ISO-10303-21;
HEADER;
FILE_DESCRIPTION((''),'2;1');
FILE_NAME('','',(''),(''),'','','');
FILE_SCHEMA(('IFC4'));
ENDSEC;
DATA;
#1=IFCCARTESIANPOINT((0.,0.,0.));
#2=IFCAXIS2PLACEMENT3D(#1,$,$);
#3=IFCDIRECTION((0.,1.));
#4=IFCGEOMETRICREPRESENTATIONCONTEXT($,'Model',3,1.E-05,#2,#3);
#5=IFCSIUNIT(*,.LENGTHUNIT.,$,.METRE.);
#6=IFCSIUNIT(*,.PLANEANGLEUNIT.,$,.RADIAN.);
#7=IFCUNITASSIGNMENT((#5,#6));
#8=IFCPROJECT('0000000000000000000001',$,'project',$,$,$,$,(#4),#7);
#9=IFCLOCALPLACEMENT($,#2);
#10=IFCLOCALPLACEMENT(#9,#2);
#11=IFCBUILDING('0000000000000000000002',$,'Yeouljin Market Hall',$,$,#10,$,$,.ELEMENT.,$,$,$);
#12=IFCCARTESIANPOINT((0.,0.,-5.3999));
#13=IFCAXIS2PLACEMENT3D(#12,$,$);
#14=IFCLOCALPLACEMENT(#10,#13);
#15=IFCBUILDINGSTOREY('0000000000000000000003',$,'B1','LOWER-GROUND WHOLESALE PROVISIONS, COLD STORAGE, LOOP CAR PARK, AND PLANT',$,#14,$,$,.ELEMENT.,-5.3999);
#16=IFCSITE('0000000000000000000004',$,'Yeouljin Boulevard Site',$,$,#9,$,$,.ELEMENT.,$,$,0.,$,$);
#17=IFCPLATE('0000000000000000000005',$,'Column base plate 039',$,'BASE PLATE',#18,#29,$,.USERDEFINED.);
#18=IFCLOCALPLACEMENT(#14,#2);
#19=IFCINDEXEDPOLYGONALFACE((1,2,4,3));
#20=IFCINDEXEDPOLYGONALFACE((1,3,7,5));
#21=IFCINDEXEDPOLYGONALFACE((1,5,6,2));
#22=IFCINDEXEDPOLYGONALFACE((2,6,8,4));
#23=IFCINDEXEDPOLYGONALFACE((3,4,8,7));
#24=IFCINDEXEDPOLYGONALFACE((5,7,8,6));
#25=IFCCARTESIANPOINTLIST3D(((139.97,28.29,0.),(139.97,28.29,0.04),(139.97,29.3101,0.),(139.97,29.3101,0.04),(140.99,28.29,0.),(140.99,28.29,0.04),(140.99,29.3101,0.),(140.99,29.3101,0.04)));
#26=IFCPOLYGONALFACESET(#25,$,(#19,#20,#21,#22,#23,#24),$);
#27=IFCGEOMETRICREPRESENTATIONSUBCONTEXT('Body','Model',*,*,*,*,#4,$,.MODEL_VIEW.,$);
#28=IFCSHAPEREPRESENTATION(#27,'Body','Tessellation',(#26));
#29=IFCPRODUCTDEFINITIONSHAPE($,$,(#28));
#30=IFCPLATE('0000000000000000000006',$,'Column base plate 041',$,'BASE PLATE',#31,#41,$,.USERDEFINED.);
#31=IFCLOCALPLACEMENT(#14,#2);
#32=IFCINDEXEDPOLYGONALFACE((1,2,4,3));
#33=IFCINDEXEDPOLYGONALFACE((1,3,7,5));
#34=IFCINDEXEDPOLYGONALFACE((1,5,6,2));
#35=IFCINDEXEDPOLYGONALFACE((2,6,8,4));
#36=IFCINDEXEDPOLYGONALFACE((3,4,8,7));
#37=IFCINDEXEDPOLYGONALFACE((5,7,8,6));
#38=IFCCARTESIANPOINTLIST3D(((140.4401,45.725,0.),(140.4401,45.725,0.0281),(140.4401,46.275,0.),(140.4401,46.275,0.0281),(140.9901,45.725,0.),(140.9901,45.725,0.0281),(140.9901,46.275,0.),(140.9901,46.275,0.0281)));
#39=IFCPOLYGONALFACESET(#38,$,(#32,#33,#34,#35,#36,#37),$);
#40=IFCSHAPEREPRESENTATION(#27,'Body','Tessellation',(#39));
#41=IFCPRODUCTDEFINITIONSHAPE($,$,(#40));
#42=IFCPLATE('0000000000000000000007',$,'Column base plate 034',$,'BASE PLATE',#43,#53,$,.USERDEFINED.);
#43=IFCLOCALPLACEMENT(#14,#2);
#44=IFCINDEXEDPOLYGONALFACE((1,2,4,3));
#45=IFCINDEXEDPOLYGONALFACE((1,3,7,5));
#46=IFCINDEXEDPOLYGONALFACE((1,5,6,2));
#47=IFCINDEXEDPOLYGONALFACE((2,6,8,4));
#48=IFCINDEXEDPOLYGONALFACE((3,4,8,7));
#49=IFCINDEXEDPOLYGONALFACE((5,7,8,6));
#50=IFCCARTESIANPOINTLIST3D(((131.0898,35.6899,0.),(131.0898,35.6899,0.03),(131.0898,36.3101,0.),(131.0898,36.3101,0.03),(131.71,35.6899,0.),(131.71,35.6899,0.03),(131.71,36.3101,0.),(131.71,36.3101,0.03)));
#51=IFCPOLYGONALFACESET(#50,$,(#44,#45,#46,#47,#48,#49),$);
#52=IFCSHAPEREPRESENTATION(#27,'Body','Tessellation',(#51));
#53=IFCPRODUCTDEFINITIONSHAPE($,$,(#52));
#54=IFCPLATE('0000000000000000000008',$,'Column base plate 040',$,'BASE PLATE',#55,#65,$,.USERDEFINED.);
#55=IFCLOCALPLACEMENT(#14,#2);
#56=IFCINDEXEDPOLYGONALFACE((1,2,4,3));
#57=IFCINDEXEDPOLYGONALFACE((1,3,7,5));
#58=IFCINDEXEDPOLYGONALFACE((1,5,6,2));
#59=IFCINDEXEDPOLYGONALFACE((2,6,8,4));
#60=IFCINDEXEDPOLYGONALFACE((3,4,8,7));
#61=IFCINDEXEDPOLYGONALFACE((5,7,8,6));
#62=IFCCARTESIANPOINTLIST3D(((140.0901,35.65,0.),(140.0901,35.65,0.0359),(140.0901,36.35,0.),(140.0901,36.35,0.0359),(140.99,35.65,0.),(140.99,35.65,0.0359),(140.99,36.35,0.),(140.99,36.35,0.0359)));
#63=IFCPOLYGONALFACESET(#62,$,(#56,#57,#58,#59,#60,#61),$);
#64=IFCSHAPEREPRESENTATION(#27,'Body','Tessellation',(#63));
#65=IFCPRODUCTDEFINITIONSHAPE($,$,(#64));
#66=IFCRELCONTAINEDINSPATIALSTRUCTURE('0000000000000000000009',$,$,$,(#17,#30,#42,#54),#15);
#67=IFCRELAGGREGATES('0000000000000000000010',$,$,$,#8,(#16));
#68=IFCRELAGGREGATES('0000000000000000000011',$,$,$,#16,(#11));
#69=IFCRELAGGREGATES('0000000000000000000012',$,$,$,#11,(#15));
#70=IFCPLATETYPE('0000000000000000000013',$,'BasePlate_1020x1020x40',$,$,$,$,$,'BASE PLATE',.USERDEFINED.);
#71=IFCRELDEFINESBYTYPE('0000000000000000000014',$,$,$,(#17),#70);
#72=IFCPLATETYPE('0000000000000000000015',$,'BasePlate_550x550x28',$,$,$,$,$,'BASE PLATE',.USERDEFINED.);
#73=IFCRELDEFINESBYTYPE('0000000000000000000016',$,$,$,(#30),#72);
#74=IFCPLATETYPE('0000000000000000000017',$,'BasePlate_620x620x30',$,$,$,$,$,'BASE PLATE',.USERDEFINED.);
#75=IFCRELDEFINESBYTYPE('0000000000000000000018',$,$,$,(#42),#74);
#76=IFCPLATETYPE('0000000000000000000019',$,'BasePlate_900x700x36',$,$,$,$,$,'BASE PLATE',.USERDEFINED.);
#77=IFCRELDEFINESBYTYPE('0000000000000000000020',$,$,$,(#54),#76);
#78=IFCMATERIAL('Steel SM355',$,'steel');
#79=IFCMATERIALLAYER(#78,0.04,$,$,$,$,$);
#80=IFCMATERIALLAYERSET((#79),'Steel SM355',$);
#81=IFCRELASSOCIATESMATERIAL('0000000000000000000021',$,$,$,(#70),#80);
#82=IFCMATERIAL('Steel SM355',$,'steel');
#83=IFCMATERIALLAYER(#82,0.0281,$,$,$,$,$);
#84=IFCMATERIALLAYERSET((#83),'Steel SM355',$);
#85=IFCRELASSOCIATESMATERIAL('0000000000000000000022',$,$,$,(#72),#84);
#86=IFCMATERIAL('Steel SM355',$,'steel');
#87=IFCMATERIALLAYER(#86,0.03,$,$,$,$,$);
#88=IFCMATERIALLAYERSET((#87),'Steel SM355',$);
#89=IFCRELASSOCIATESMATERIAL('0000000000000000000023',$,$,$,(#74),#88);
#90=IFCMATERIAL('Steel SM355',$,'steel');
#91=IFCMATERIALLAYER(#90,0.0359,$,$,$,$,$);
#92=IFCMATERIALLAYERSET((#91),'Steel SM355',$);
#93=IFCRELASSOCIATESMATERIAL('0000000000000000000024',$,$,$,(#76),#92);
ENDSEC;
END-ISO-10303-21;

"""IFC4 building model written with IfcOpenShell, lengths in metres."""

from ifc_helpers import new_model, si_unit, direction, frame, origin, origin_2d, place, context, subcontext, project, spatial, rectangle, extrude, material, layer, layer_set, type_object, element, save


model = new_model("IFC4")

# Units and contexts
model_context = context("Model", 3, precision=1e-05, world=origin(), true_north=direction((0.0, 1.0)))
body_context = subcontext(model_context, "Body", "Model", "MODEL_VIEW")
ifc_project = project(units=[si_unit("LENGTHUNIT", "METRE"), si_unit("PLANEANGLEUNIT", "RADIAN")], contexts=[model_context])

# Site, building, storey
site_placement = place(None, origin())
site = spatial("IfcSite", under=ifc_project, at=site_placement, Name="Yeouljin Boulevard Site", CompositionType="ELEMENT", RefElevation=0.0)
building_placement = place(site_placement, origin())
building = spatial("IfcBuilding", under=site, at=building_placement, Name="Yeouljin Market Hall", CompositionType="ELEMENT")
storey_placement = place(building_placement, frame((0.0, 0.0, -5.3999)))
storey = spatial("IfcBuildingStorey", under=building, at=storey_placement, Name="B1", Description="LOWER-GROUND WHOLESALE PROVISIONS, COLD STORAGE, LOOP CAR PARK, AND PLANT", CompositionType="ELEMENT", Elevation=-5.3999)

# Plates
ifc_material_1 = material(Name="Steel SM355", Category="steel")
ifc_layer_1 = layer(ifc_material_1, 0.04)
ifc_layer_set_1 = layer_set([ifc_layer_1], Name="Steel SM355")
plate_type_1 = type_object("IfcPlateType", Name="BasePlate_1020x1020x40", ElementType="BASE PLATE", PredefinedType="USERDEFINED", material=ifc_layer_set_1)
plate_1_placement = place(storey_placement, frame((140.48, 28.8, 0.0), z_axis=(0.0, 0.0, 1.0), x_axis=(1.0, 0.0, 0.0)))
element("IfcPlate", 1, at=plate_1_placement, inside=storey, type_object=plate_type_1, Name="Column base plate 039", ObjectType="BASE PLATE", PredefinedType="USERDEFINED", context=body_context, shape_type="SweptSolid", body=[
    extrude(rectangle(XDim=1.02, YDim=1.02, at=origin_2d()), origin(), (0.0, 0.0, 1.0), 0.04),
])
ifc_material_2 = material(Name="Steel SM355", Category="steel")
ifc_layer_2 = layer(ifc_material_2, 0.0281)
ifc_layer_set_2 = layer_set([ifc_layer_2], Name="Steel SM355")
plate_type_2 = type_object("IfcPlateType", Name="BasePlate_550x550x28", ElementType="BASE PLATE", PredefinedType="USERDEFINED", material=ifc_layer_set_2)
plate_2_placement = place(storey_placement, frame((140.7151, 46.0, 0.0), z_axis=(0.0, 0.0, 1.0), x_axis=(1.0, 0.0, 0.0)))
element("IfcPlate", 2, at=plate_2_placement, inside=storey, type_object=plate_type_2, Name="Column base plate 041", ObjectType="BASE PLATE", PredefinedType="USERDEFINED", context=body_context, shape_type="SweptSolid", body=[
    extrude(rectangle(XDim=0.55, YDim=0.55, at=origin_2d()), origin(), (0.0, 0.0, 1.0), 0.0281),
])
ifc_material_3 = material(Name="Steel SM355", Category="steel")
ifc_layer_3 = layer(ifc_material_3, 0.03)
ifc_layer_set_3 = layer_set([ifc_layer_3], Name="Steel SM355")
plate_type_3 = type_object("IfcPlateType", Name="BasePlate_620x620x30", ElementType="BASE PLATE", PredefinedType="USERDEFINED", material=ifc_layer_set_3)
plate_3_placement = place(storey_placement, frame((131.3999, 36.0, 0.0), z_axis=(0.0, 0.0, 1.0), x_axis=(1.0, 0.0, 0.0)))
element("IfcPlate", 3, at=plate_3_placement, inside=storey, type_object=plate_type_3, Name="Column base plate 034", ObjectType="BASE PLATE", PredefinedType="USERDEFINED", context=body_context, shape_type="SweptSolid", body=[
    extrude(rectangle(XDim=0.6201, YDim=0.6201, at=origin_2d()), origin(), (0.0, 0.0, 1.0), 0.03),
])
ifc_material_4 = material(Name="Steel SM355", Category="steel")
ifc_layer_4 = layer(ifc_material_4, 0.0359)
ifc_layer_set_4 = layer_set([ifc_layer_4], Name="Steel SM355")
plate_type_4 = type_object("IfcPlateType", Name="BasePlate_900x700x36", ElementType="BASE PLATE", PredefinedType="USERDEFINED", material=ifc_layer_set_4)
plate_4_placement = place(storey_placement, frame((140.54, 36.0, 0.0), z_axis=(0.0, 0.0, 1.0), x_axis=(1.0, 0.0, 0.0)))
element("IfcPlate", 4, at=plate_4_placement, inside=storey, type_object=plate_type_4, Name="Column base plate 040", ObjectType="BASE PLATE", PredefinedType="USERDEFINED", context=body_context, shape_type="SweptSolid", body=[
    extrude(rectangle(XDim=0.8999, YDim=0.7, at=origin_2d()), origin(), (0.0, 0.0, 1.0), 0.0359),
])

save(model, "model.ifc")
